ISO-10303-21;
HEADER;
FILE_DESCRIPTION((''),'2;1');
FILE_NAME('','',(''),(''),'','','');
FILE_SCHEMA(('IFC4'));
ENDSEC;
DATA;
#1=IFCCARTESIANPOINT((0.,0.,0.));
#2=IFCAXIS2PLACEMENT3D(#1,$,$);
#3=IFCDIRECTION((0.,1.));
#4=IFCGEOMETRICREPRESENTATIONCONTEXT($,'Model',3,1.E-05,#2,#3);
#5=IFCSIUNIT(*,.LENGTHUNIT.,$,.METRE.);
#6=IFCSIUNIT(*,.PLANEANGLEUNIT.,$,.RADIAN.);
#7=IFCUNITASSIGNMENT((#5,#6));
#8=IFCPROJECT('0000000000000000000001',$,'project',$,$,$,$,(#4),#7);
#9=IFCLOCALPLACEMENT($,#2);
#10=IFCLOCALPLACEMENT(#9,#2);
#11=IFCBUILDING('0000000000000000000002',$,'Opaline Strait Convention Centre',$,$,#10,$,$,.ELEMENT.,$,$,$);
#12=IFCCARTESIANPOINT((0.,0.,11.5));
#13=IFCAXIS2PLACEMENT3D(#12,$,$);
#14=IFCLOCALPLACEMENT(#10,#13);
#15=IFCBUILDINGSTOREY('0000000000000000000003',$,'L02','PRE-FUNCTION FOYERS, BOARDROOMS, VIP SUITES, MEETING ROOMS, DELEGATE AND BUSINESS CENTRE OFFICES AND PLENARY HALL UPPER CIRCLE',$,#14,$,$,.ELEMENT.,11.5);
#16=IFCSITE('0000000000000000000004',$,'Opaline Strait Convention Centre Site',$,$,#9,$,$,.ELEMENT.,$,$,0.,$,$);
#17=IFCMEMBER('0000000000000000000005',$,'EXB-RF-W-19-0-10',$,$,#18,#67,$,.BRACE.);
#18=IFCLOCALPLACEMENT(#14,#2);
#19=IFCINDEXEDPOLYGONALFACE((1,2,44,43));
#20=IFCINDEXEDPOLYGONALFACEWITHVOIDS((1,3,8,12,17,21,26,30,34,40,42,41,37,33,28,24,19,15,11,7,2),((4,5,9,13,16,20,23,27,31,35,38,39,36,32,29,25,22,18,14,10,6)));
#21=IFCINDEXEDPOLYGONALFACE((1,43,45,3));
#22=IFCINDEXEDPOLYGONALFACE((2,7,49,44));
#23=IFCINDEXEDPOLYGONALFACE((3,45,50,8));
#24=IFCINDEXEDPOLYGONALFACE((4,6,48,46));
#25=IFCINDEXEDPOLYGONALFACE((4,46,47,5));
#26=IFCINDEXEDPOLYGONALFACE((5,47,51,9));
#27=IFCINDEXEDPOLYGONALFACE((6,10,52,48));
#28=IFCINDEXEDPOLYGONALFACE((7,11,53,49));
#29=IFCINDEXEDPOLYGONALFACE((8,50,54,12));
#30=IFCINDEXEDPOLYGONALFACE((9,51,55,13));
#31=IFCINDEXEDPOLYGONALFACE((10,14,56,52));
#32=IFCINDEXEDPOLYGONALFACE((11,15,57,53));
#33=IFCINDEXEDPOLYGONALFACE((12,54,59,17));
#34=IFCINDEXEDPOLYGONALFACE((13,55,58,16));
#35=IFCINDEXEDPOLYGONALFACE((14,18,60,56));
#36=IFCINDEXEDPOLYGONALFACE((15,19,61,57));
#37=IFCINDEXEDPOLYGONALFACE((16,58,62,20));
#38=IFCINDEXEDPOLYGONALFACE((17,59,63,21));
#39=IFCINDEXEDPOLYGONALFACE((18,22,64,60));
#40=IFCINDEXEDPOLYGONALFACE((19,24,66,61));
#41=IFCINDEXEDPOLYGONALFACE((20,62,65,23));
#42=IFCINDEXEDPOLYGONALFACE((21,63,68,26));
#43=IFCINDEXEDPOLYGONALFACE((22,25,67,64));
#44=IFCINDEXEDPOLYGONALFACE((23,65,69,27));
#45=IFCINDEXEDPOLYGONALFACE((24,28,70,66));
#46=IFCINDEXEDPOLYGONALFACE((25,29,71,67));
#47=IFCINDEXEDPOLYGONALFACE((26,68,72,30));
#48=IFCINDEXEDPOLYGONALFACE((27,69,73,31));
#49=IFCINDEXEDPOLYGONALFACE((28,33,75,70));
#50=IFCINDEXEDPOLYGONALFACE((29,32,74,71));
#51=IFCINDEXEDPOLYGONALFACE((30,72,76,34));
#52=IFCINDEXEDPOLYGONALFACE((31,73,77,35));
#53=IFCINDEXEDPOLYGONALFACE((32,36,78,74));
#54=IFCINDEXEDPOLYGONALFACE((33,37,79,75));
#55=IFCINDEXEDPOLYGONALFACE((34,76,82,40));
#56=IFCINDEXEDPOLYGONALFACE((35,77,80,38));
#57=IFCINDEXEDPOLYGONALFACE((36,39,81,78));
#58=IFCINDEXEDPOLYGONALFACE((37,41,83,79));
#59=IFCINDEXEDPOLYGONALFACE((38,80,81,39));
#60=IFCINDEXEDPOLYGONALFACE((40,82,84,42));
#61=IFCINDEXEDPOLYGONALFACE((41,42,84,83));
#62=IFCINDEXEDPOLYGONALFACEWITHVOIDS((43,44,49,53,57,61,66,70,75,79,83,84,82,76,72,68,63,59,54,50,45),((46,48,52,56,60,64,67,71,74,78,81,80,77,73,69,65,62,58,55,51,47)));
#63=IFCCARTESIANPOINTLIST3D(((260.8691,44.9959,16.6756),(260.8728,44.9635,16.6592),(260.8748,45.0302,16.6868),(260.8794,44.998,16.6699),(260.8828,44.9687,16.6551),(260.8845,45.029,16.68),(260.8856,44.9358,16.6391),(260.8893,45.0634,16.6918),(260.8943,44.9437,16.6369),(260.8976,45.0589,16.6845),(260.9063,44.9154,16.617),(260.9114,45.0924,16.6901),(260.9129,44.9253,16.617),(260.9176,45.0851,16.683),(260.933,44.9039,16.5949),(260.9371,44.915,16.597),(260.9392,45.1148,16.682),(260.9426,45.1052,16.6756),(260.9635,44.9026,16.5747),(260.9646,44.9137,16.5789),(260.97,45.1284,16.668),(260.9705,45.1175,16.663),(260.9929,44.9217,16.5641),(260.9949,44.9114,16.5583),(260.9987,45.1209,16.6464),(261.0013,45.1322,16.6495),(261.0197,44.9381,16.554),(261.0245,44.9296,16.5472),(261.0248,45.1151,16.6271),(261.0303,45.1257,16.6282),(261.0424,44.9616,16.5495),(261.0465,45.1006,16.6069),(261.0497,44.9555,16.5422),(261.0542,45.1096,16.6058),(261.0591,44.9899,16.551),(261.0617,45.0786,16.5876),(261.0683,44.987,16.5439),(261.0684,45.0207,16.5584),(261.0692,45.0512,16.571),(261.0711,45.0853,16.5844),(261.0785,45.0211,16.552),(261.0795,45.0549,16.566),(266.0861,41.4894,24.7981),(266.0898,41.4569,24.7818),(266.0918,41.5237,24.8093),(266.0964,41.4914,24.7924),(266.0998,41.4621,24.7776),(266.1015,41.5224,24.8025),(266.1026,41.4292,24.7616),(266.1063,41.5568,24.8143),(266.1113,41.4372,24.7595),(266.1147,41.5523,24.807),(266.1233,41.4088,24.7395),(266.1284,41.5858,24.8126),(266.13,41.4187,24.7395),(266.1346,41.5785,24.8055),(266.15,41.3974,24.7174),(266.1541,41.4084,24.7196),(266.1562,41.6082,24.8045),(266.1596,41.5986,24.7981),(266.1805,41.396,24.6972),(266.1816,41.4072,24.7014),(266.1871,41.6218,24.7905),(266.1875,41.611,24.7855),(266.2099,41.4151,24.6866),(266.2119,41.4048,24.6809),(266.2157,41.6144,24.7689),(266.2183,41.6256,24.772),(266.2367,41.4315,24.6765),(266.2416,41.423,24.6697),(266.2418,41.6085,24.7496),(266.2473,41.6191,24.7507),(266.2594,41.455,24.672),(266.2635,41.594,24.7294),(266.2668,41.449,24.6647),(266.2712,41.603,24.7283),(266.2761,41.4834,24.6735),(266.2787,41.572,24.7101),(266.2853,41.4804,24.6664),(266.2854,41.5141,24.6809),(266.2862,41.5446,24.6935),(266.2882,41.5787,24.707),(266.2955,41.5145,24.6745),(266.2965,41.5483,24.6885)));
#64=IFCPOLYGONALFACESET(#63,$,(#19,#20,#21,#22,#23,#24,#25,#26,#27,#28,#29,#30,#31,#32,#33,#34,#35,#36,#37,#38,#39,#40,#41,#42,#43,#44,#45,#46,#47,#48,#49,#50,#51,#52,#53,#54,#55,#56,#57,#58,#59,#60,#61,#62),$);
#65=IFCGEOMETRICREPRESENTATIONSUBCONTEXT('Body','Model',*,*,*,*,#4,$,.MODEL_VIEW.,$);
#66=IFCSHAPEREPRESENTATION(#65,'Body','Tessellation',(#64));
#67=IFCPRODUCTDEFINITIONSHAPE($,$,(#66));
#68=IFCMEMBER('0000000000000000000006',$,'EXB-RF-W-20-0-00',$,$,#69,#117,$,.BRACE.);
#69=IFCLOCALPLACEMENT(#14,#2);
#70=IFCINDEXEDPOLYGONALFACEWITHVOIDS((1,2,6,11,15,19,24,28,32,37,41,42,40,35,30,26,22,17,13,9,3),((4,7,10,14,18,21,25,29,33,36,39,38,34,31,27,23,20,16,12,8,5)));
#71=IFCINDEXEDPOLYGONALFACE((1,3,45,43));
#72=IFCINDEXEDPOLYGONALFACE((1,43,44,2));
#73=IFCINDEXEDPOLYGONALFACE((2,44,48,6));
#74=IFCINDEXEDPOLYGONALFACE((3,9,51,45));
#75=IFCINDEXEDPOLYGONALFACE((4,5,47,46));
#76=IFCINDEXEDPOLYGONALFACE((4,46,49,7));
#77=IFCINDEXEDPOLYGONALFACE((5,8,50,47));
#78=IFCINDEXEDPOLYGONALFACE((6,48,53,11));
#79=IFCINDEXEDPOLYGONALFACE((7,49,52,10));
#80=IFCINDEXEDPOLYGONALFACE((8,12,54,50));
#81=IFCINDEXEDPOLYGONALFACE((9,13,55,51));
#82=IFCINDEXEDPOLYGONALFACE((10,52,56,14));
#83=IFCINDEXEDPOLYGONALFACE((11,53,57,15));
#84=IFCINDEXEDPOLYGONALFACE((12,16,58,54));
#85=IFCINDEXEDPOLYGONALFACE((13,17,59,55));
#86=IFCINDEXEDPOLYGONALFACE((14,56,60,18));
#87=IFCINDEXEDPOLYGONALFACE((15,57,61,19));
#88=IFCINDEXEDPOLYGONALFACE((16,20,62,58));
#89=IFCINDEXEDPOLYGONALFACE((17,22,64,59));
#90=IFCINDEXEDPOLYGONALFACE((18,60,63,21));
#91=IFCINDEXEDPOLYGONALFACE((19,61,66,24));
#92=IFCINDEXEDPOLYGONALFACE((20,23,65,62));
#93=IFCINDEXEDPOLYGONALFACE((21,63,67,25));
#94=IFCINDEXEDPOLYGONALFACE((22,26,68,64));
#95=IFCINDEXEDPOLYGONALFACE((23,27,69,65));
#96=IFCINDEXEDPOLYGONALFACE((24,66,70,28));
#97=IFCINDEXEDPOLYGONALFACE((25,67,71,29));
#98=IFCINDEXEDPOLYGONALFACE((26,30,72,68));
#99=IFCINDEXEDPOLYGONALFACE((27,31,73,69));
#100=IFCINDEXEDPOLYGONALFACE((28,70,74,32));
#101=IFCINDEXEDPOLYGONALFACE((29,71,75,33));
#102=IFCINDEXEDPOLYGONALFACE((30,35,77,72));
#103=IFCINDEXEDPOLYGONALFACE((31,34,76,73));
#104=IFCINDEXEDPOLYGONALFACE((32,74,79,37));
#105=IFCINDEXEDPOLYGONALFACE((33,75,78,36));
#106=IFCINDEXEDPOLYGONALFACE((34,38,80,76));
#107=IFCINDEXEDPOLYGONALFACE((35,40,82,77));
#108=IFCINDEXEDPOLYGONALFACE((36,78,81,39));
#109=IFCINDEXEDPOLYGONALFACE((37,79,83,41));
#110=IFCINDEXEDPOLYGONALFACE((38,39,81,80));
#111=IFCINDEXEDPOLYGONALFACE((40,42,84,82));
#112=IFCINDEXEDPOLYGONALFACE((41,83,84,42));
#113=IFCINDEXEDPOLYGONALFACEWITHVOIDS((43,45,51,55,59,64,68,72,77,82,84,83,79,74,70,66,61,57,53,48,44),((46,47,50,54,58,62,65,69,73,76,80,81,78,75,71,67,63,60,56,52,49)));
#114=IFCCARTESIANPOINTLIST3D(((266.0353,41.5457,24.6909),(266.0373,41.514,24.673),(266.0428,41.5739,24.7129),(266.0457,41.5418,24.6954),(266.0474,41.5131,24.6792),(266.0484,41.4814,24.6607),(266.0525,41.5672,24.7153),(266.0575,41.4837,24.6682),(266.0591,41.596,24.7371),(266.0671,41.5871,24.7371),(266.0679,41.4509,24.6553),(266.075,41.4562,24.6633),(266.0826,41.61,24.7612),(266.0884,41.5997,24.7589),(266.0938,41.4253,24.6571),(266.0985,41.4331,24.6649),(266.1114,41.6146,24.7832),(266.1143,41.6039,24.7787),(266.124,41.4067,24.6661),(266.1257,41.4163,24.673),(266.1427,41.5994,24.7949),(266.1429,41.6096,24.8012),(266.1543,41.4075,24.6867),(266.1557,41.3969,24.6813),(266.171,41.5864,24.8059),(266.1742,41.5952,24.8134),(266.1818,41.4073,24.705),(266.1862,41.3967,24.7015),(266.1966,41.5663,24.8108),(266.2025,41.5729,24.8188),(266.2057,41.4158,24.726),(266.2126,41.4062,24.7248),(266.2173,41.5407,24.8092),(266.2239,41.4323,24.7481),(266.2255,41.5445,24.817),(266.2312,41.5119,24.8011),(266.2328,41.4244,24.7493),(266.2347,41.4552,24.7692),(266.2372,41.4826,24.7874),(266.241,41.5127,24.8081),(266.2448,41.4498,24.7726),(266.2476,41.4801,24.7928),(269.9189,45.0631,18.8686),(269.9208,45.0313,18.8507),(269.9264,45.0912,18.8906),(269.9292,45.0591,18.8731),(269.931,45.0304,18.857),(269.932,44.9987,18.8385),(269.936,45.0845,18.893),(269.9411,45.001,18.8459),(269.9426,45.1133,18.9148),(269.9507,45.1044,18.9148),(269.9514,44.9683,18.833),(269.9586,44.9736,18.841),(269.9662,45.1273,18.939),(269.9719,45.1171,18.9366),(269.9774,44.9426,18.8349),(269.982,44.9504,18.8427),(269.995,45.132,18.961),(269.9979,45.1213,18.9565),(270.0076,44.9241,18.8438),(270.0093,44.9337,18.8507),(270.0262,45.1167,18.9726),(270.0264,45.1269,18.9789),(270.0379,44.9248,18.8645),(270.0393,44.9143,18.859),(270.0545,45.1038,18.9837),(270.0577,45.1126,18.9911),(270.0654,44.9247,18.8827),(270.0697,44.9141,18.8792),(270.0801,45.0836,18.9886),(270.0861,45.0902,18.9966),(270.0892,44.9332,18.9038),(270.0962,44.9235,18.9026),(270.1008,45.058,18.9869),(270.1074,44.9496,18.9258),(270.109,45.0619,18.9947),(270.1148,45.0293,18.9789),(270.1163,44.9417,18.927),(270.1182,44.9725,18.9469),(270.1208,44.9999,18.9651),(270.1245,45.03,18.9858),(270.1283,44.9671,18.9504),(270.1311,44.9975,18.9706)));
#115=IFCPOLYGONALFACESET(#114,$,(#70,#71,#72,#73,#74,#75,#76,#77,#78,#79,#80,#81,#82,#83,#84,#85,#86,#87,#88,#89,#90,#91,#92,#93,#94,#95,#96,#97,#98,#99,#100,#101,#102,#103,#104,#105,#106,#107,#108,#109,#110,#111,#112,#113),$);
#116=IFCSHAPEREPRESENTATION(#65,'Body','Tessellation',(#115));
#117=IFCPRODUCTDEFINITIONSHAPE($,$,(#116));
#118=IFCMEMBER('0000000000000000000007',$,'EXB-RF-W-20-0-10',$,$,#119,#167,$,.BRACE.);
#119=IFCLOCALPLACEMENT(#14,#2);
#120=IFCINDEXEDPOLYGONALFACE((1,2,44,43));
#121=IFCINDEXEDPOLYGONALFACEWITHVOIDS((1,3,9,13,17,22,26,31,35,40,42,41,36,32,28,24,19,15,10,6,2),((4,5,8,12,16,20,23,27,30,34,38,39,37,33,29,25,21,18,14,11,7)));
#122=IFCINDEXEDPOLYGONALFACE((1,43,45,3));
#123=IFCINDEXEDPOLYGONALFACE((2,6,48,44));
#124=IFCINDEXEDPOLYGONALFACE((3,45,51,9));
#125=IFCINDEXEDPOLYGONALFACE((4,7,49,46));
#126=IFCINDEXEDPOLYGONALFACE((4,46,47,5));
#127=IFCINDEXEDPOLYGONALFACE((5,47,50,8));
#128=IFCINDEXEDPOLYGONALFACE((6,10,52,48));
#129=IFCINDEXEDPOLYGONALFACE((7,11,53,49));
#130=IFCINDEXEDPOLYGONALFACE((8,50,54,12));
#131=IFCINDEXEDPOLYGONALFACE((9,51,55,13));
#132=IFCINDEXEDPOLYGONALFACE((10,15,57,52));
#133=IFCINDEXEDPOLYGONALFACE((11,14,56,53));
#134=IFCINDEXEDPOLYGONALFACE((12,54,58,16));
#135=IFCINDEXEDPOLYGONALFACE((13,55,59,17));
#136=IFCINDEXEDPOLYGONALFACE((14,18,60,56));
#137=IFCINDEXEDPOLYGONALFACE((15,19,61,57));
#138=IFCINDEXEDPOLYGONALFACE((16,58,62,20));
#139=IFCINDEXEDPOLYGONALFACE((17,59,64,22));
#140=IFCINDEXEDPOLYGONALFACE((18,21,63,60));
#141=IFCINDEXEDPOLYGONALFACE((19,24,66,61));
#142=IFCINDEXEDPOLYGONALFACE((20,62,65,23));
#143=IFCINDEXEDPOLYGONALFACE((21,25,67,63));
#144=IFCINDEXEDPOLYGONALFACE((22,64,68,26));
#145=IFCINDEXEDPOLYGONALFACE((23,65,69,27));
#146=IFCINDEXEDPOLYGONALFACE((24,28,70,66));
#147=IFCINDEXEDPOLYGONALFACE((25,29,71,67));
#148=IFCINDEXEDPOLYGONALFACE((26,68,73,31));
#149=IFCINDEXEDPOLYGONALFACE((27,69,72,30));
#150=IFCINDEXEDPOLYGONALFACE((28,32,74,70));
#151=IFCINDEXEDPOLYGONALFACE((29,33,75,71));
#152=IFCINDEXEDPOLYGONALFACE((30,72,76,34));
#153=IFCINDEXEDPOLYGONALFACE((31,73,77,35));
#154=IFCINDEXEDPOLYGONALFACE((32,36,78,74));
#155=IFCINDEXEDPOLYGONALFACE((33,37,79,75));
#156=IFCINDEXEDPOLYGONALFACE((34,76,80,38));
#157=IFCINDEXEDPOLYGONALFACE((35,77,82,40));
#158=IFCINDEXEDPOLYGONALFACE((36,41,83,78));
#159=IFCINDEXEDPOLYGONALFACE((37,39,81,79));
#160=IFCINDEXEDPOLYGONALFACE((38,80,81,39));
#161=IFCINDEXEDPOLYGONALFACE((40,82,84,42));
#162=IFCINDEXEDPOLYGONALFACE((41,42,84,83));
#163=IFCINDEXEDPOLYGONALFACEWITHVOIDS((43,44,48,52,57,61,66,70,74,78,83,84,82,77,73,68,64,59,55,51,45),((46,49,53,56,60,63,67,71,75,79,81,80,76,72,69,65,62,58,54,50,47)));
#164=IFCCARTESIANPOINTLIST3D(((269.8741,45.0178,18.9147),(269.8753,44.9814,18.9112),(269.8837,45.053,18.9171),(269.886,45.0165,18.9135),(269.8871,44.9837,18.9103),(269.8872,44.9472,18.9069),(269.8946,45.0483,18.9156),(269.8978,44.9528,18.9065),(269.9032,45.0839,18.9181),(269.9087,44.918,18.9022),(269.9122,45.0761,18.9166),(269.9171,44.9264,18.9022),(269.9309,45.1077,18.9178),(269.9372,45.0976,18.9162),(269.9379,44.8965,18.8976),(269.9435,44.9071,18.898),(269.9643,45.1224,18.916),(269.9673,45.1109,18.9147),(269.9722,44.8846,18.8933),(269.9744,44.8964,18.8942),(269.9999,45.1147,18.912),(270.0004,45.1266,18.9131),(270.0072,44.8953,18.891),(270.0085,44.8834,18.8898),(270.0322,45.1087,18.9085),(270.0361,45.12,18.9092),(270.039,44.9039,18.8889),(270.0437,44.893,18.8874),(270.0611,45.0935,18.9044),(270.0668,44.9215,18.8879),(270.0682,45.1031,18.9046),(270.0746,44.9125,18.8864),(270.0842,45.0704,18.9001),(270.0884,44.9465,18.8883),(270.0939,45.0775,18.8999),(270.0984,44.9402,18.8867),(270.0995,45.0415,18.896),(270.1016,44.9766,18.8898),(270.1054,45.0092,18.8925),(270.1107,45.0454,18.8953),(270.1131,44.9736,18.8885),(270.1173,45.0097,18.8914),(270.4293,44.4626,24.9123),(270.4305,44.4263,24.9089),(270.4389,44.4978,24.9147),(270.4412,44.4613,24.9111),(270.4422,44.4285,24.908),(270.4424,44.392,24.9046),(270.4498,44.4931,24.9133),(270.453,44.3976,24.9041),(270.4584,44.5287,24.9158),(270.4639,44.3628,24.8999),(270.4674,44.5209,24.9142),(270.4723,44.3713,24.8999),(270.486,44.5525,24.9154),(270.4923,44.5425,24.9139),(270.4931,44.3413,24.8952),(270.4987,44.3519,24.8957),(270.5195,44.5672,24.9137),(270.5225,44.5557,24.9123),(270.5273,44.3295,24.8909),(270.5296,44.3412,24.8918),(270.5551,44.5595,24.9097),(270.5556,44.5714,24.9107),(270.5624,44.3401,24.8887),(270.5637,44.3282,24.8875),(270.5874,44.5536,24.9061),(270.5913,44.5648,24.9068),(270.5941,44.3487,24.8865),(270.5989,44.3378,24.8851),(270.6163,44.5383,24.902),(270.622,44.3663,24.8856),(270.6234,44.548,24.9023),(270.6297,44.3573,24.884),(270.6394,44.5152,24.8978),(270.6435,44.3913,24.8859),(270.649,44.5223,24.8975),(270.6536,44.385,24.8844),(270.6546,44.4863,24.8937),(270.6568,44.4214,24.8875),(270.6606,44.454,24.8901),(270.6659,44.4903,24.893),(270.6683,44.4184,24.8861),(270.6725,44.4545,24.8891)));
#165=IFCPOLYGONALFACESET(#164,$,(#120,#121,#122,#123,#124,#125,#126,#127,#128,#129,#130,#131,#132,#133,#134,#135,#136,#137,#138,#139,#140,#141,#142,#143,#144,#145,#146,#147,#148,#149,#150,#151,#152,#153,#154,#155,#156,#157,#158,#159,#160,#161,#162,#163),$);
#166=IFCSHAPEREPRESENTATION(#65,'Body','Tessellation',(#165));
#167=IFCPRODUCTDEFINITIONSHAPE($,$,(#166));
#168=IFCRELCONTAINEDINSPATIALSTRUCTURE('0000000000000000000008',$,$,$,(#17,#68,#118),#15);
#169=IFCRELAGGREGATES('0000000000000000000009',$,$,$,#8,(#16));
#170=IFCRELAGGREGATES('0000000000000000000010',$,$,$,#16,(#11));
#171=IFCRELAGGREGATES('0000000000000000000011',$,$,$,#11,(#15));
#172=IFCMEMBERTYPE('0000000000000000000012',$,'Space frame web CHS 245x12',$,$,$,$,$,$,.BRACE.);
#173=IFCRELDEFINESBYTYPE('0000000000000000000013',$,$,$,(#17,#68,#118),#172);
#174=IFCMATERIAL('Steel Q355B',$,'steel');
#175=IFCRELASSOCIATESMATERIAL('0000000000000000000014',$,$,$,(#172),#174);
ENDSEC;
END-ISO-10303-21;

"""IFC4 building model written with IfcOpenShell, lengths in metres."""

from ifc_helpers import new_model, si_unit, direction, frame, origin, origin_2d, place, context, subcontext, project, spatial, hollow_circle, extrude, material, material_profile, profile_set, type_object, element, save


model = new_model("IFC4")

# Units and contexts
model_context = context("Model", 3, precision=1e-05, world=origin(), true_north=direction((0.0, 1.0)))
body_context = subcontext(model_context, "Body", "Model", "MODEL_VIEW")
ifc_project = project(units=[si_unit("LENGTHUNIT", "METRE"), si_unit("PLANEANGLEUNIT", "RADIAN")], contexts=[model_context])

# Site, building, storey
site_placement = place(None, origin())
site = spatial("IfcSite", under=ifc_project, at=site_placement, Name="Opaline Strait Convention Centre Site", CompositionType="ELEMENT", RefElevation=0.0)
building_placement = place(site_placement, origin())
building = spatial("IfcBuilding", under=site, at=building_placement, Name="Opaline Strait Convention Centre", CompositionType="ELEMENT")
storey_placement = place(building_placement, frame((0.0, 0.0, 11.5)))
storey = spatial("IfcBuildingStorey", under=building, at=storey_placement, Name="L02", Description="PRE-FUNCTION FOYERS, BOARDROOMS, VIP SUITES, MEETING ROOMS, DELEGATE AND BUSINESS CENTRE OFFICES AND PLENARY HALL UPPER CIRCLE", CompositionType="ELEMENT", Elevation=11.5)

# Members
ifc_material_1 = material(Name="Steel Q355B", Category="steel")
ifc_material_profile_1 = material_profile(ifc_material_1, hollow_circle(Radius=0.1226, WallThickness=0.012, at=origin_2d()), Name="CHS 245x12")
ifc_profile_set_1 = profile_set([ifc_material_profile_1], Name="Steel Q355B")
member_type_1 = type_object("IfcMemberType", Name="Space frame web CHS 245x12", PredefinedType="BRACE", material=ifc_profile_set_1)
member_1_placement = place(storey_placement, frame((266.1917, 41.5105, 24.7395), z_axis=(-0.507948, 0.341413, -0.790839), x_axis=(-0.557842, -0.829947, 0.0)))
element("IfcMember", 1, at=member_1_placement, inside=storey, type_object=member_type_1, Name="EXB-RF-W-19-0-10", PredefinedType="BRACE", context=body_context, shape_type="SweptSolid", body=[
    extrude(hollow_circle(Radius=0.1226, WallThickness=0.012, at=origin_2d()), origin(), (0.0, 0.0, 1.0), 10.2708),
])
member_2_placement = place(storey_placement, frame((266.1414, 41.5051, 24.7371), z_axis=(0.495807, 0.449053, -0.743321), x_axis=(-0.671296, 0.741189, 0.0)))
element("IfcMember", 2, at=member_2_placement, inside=storey, type_object=member_type_1, Name="EXB-RF-W-20-0-00", PredefinedType="BRACE", context=body_context, shape_type="SweptSolid", body=[
    extrude(hollow_circle(Radius=0.1226, WallThickness=0.012, at=origin_2d()), origin(), (0.0, 0.0, 1.0), 7.8328),
])
member_3_placement = place(storey_placement, frame((270.5505, 44.4495, 24.8999), z_axis=(-0.091784, 0.091784, -0.99154), x_axis=(-0.707107, -0.707107, 0.0)))
element("IfcMember", 3, at=member_3_placement, inside=storey, type_object=member_type_1, Name="EXB-RF-W-20-0-10", PredefinedType="BRACE", context=body_context, shape_type="SweptSolid", body=[
    extrude(hollow_circle(Radius=0.1226, WallThickness=0.012, at=origin_2d()), origin(), (0.0, 0.0, 1.0), 6.0488),
])

save(model, "model.ifc")
